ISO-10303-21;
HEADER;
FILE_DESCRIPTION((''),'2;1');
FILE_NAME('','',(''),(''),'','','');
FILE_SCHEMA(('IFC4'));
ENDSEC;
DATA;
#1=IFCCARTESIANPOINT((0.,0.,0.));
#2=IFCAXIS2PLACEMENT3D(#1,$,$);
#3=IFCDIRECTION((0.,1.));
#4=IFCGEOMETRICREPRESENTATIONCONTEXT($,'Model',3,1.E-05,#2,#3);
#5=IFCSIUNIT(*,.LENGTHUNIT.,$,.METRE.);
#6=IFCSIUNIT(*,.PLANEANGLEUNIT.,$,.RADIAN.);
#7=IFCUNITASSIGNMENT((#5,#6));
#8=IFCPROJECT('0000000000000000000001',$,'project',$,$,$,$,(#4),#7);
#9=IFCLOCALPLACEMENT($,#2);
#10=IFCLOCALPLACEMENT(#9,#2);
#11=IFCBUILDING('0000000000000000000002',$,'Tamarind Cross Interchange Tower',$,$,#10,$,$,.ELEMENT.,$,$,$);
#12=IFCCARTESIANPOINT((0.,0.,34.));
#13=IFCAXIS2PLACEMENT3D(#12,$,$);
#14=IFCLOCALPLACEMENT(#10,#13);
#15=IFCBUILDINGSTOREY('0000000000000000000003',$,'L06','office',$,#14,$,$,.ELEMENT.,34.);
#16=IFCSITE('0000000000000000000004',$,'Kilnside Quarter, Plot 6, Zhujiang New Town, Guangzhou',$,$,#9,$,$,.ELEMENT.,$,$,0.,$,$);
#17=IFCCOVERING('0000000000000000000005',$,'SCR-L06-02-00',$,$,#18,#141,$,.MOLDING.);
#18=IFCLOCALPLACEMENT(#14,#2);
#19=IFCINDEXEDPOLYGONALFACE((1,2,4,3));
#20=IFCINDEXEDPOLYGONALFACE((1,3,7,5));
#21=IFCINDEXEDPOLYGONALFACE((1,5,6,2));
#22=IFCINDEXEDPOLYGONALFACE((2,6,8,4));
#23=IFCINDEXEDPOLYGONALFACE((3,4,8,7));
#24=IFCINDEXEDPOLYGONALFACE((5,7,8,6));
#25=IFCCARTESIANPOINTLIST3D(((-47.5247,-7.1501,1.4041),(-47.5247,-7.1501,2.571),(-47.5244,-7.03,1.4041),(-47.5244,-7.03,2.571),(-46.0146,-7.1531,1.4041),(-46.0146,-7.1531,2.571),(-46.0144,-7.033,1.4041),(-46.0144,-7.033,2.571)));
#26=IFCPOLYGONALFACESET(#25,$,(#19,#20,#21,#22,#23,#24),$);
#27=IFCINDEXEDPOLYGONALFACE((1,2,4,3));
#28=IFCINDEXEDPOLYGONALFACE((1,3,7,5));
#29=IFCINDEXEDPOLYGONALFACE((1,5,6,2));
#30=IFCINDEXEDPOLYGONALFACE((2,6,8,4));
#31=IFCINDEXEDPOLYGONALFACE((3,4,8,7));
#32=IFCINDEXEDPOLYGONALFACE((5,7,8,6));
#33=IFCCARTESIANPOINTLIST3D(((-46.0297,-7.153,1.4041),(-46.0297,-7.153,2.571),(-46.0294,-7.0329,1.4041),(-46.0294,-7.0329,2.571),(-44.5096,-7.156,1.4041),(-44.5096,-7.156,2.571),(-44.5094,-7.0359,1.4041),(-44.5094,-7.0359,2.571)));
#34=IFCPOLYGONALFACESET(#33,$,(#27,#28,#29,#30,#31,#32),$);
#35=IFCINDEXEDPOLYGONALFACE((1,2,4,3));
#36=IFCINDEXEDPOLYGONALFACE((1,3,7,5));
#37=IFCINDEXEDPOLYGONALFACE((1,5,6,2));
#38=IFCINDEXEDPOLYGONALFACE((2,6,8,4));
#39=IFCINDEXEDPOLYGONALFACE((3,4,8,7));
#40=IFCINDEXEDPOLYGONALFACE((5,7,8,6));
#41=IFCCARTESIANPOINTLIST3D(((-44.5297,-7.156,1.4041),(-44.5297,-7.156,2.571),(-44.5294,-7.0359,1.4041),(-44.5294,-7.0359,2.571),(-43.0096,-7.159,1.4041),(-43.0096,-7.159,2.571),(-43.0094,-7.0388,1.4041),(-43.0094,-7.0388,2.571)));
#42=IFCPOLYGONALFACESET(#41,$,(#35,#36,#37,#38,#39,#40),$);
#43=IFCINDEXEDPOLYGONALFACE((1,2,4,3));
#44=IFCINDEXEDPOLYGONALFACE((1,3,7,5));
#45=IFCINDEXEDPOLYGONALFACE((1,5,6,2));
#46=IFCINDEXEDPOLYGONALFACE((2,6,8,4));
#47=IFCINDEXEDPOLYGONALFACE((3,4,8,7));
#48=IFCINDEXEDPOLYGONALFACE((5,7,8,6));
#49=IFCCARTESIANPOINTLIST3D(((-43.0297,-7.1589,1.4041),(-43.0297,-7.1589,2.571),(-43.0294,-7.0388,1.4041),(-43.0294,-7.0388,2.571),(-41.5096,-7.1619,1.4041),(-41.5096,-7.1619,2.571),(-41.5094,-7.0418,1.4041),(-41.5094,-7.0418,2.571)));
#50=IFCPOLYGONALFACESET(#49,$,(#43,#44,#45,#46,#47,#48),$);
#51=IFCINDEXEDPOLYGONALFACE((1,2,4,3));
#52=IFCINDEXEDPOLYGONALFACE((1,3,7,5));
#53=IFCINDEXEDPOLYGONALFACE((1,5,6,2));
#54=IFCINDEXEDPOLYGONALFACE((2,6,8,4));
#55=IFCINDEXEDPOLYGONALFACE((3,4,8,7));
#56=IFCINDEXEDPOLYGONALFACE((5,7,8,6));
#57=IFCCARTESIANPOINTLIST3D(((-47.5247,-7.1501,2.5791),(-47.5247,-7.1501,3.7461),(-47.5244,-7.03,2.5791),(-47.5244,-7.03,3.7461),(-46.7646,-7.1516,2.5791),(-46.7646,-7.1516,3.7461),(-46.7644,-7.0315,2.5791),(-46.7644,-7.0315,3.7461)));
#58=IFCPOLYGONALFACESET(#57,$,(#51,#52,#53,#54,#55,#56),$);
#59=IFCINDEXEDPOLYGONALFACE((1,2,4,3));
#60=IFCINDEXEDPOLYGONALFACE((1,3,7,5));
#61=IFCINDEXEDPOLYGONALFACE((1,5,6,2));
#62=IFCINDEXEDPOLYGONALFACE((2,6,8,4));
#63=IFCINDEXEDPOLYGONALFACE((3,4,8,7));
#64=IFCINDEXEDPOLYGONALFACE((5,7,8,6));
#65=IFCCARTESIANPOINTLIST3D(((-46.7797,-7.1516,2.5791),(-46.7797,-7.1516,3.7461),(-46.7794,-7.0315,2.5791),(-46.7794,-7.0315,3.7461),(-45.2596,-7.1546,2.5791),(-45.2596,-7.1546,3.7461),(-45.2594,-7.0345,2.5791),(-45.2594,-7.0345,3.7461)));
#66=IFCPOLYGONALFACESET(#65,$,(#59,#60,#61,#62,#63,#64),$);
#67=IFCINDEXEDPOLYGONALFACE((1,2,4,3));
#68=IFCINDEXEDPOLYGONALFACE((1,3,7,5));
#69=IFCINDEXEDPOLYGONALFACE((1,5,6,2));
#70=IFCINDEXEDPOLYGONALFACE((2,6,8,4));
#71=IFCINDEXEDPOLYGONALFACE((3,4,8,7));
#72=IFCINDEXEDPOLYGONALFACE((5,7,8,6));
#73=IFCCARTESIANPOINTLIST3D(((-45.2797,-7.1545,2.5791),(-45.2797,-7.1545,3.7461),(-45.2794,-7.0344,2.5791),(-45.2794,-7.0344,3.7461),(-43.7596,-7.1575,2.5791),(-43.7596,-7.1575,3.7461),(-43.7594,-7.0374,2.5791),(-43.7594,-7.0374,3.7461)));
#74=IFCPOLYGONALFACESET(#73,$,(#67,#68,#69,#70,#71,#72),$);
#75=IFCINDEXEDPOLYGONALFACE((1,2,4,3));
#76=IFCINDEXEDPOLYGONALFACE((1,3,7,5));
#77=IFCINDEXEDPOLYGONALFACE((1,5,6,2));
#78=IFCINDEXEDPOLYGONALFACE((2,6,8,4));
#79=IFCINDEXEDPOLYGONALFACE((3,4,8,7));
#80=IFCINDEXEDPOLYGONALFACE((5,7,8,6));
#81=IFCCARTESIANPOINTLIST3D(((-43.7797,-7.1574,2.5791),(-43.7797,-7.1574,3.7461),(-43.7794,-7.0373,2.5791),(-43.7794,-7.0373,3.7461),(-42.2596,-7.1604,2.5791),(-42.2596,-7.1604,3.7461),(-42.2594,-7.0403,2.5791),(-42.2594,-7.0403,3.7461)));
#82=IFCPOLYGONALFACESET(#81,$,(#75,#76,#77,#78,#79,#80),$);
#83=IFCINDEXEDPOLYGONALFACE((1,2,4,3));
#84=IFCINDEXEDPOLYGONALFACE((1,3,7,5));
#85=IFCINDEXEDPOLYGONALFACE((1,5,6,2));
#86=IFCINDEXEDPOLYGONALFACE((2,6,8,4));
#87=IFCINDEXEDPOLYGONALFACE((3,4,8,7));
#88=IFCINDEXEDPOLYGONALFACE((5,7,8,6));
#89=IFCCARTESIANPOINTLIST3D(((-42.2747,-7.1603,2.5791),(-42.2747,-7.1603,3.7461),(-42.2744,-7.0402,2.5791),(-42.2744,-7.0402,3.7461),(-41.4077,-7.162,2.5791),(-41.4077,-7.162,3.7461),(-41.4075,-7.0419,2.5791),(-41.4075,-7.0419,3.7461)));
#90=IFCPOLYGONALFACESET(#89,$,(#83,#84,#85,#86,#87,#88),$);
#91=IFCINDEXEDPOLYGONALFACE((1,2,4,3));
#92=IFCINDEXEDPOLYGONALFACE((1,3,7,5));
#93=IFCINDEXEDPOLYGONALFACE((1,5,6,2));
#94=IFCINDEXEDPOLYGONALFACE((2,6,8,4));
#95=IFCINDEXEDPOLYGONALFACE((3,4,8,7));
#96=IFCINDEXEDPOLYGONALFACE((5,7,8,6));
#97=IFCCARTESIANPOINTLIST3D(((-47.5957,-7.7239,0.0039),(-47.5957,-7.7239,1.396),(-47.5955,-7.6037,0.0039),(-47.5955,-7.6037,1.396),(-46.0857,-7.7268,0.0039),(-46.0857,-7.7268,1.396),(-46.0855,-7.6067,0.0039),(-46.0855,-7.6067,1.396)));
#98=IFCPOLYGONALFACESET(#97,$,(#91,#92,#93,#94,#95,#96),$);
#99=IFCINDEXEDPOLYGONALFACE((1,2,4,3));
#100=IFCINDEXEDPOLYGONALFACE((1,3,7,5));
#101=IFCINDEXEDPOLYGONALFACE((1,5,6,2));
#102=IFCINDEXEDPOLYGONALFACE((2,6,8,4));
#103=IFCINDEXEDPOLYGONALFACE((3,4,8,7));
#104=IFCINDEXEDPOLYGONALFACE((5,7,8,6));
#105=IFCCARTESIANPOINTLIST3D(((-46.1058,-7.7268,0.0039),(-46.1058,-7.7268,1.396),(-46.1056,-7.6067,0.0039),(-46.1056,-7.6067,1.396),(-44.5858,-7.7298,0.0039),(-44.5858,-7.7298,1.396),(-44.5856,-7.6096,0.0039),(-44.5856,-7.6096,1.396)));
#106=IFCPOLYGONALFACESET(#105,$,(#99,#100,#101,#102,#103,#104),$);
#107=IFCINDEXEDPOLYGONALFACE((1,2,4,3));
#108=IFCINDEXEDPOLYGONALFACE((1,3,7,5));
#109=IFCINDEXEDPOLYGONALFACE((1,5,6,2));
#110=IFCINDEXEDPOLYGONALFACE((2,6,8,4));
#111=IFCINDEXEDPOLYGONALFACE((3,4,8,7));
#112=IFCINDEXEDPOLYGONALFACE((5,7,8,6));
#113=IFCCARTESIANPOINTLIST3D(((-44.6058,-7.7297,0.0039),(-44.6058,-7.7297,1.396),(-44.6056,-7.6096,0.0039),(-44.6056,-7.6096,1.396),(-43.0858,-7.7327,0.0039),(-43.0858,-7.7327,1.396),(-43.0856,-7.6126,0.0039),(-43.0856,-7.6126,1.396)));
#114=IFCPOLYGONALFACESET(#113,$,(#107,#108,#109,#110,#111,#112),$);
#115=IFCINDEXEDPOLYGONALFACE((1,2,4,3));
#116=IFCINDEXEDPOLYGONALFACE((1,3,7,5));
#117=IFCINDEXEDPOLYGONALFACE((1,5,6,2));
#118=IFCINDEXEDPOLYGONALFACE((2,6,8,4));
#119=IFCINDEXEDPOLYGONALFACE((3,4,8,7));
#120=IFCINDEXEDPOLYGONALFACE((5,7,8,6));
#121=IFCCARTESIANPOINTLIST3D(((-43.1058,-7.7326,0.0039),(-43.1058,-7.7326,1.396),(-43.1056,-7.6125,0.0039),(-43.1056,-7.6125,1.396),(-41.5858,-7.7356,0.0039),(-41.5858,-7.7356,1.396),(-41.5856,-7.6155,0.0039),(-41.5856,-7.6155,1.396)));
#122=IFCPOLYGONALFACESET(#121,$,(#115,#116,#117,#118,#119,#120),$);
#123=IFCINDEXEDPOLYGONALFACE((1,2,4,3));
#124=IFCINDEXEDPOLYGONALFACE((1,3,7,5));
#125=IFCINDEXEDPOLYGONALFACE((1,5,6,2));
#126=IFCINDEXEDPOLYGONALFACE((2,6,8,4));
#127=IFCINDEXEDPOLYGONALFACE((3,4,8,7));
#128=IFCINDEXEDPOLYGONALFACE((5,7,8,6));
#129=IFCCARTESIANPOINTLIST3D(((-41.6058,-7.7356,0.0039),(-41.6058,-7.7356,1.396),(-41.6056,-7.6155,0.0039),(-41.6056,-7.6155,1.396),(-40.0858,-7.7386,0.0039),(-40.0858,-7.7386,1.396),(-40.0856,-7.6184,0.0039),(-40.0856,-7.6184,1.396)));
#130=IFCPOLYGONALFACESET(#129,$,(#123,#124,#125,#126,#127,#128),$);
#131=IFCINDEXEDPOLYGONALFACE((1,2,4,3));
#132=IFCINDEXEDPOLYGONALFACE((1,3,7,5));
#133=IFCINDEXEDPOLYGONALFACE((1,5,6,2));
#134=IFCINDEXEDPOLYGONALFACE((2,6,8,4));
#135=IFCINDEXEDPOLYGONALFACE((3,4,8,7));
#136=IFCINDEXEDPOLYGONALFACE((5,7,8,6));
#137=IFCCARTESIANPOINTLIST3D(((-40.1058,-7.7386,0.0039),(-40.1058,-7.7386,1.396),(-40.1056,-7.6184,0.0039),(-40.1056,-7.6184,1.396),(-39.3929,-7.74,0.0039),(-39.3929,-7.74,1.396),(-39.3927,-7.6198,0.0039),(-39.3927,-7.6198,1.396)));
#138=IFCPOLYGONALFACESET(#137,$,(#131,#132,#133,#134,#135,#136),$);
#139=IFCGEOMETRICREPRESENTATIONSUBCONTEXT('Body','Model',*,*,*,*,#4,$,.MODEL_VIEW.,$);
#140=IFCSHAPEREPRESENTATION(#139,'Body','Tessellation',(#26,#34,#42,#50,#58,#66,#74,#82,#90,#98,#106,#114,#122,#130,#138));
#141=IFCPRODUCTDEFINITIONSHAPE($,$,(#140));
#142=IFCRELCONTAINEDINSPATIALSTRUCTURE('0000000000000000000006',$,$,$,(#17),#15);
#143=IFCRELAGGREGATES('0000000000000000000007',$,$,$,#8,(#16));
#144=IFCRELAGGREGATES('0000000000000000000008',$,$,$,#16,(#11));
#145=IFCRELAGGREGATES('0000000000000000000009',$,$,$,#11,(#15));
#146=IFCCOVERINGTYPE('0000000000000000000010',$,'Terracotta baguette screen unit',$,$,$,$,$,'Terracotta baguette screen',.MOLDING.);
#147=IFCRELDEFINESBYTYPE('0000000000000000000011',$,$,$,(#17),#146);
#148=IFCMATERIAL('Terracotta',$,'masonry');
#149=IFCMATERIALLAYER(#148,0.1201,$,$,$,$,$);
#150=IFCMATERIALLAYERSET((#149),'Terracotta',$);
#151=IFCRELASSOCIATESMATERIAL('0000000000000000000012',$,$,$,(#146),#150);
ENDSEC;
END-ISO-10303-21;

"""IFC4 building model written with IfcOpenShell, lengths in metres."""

from ifc_helpers import new_model, si_unit, direction, frame, origin, origin_2d, place, context, subcontext, project, spatial, rectangle, extrude, material, layer, layer_set, type_object, element, save


model = new_model("IFC4")

# Units and contexts
model_context = context("Model", 3, precision=1e-05, world=origin(), true_north=direction((0.0, 1.0)))
body_context = subcontext(model_context, "Body", "Model", "MODEL_VIEW")
ifc_project = project(units=[si_unit("LENGTHUNIT", "METRE"), si_unit("PLANEANGLEUNIT", "RADIAN")], contexts=[model_context])

# Site, building, storey
site_placement = place(None, origin())
site = spatial("IfcSite", under=ifc_project, at=site_placement, Name="Kilnside Quarter, Plot 6, Zhujiang New Town, Guangzhou", CompositionType="ELEMENT", RefElevation=0.0)
building_placement = place(site_placement, origin())
building = spatial("IfcBuilding", under=site, at=building_placement, Name="Tamarind Cross Interchange Tower", CompositionType="ELEMENT")
storey_placement = place(building_placement, frame((0.0, 0.0, 34.0)))
storey = spatial("IfcBuildingStorey", under=building, at=storey_placement, Name="L06", Description="office", CompositionType="ELEMENT", Elevation=34.0)

# Covering
ifc_material_1 = material(Name="Terracotta", Category="masonry")
ifc_layer_1 = layer(ifc_material_1, 0.1201)
ifc_layer_set_1 = layer_set([ifc_layer_1], Name="Terracotta")
covering_type = type_object("IfcCoveringType", Name="Terracotta baguette screen unit", ElementType="Terracotta baguette screen", PredefinedType="MOLDING", material=ifc_layer_set_1)
covering_1_placement = place(storey_placement, origin())
element("IfcCovering", 1, at=covering_1_placement, inside=storey, type_object=covering_type, Name="SCR-L06-02-00", PredefinedType="MOLDING", context=body_context, shape_type="SweptSolid", body=[
    extrude(rectangle(XDim=1.51, YDim=0.1201, at=origin_2d()), frame((-46.7695, -7.0916, 1.4041), z_axis=(0.0, 0.0, 1.0), x_axis=(0.999998, -0.001962, 0.0)), (0.0, 0.0, 1.0), 1.167),
    extrude(rectangle(XDim=1.52, YDim=0.1201, at=origin_2d()), frame((-45.2695, -7.0945, 1.4041), z_axis=(0.0, 0.0, 1.0), x_axis=(0.999998, -0.001962, 0.0)), (0.0, 0.0, 1.0), 1.167),
    extrude(rectangle(XDim=1.52, YDim=0.1201, at=origin_2d()), frame((-43.7695, -7.0974, 1.4041), z_axis=(0.0, 0.0, 1.0), x_axis=(0.999998, -0.001962, 0.0)), (0.0, 0.0, 1.0), 1.167),
    extrude(rectangle(XDim=1.52, YDim=0.1201, at=origin_2d()), frame((-42.2695, -7.1003, 1.4041), z_axis=(0.0, 0.0, 1.0), x_axis=(0.999998, -0.001962, 0.0)), (0.0, 0.0, 1.0), 1.167),
    extrude(rectangle(XDim=0.76, YDim=0.1201, at=origin_2d()), frame((-47.1445, -7.0908, 2.5791), z_axis=(0.0, 0.0, 1.0), x_axis=(0.999998, -0.001962, 0.0)), (0.0, 0.0, 1.0), 1.167),
    extrude(rectangle(XDim=1.52, YDim=0.1201, at=origin_2d()), frame((-46.0195, -7.093, 2.5791), z_axis=(0.0, 0.0, 1.0), x_axis=(0.999998, -0.001962, 0.0)), (0.0, 0.0, 1.0), 1.167),
    extrude(rectangle(XDim=1.52, YDim=0.1201, at=origin_2d()), frame((-44.5195, -7.0959, 2.5791), z_axis=(0.0, 0.0, 1.0), x_axis=(0.999998, -0.001962, 0.0)), (0.0, 0.0, 1.0), 1.167),
    extrude(rectangle(XDim=1.52, YDim=0.1201, at=origin_2d()), frame((-43.0195, -7.0989, 2.5791), z_axis=(0.0, 0.0, 1.0), x_axis=(0.999998, -0.001962, 0.0)), (0.0, 0.0, 1.0), 1.167),
    extrude(rectangle(XDim=0.8669, YDim=0.1201, at=origin_2d()), frame((-41.8411, -7.1011, 2.5791), z_axis=(0.0, 0.0, 1.0), x_axis=(0.999998, -0.001962, 0.0)), (0.0, 0.0, 1.0), 1.167),
    extrude(rectangle(XDim=1.51, YDim=0.1201, at=origin_2d()), frame((-46.8406, -7.6653, 0.0039), z_axis=(0.0, 0.0, 1.0), x_axis=(0.999998, -0.001962, 0.0)), (0.0, 0.0, 1.0), 1.3921),
    extrude(rectangle(XDim=1.52, YDim=0.1201, at=origin_2d()), frame((-45.3457, -7.6682, 0.0039), z_axis=(0.0, 0.0, 1.0), x_axis=(0.999998, -0.001962, 0.0)), (0.0, 0.0, 1.0), 1.3921),
    extrude(rectangle(XDim=1.52, YDim=0.1201, at=origin_2d()), frame((-43.8457, -7.6711, 0.0039), z_axis=(0.0, 0.0, 1.0), x_axis=(0.999998, -0.001962, 0.0)), (0.0, 0.0, 1.0), 1.3921),
    extrude(rectangle(XDim=1.52, YDim=0.1201, at=origin_2d()), frame((-42.3457, -7.6741, 0.0039), z_axis=(0.0, 0.0, 1.0), x_axis=(0.999998, -0.001962, 0.0)), (0.0, 0.0, 1.0), 1.3921),
    extrude(rectangle(XDim=1.52, YDim=0.1201, at=origin_2d()), frame((-40.8457, -7.677, 0.0039), z_axis=(0.0, 0.0, 1.0), x_axis=(0.999998, -0.001962, 0.0)), (0.0, 0.0, 1.0), 1.3921),
    extrude(rectangle(XDim=0.7129, YDim=0.1201, at=origin_2d()), frame((-39.7493, -7.6792, 0.0039), z_axis=(0.0, 0.0, 1.0), x_axis=(0.999998, -0.001962, 0.0)), (0.0, 0.0, 1.0), 1.3921),
])

save(model, "model.ifc")
